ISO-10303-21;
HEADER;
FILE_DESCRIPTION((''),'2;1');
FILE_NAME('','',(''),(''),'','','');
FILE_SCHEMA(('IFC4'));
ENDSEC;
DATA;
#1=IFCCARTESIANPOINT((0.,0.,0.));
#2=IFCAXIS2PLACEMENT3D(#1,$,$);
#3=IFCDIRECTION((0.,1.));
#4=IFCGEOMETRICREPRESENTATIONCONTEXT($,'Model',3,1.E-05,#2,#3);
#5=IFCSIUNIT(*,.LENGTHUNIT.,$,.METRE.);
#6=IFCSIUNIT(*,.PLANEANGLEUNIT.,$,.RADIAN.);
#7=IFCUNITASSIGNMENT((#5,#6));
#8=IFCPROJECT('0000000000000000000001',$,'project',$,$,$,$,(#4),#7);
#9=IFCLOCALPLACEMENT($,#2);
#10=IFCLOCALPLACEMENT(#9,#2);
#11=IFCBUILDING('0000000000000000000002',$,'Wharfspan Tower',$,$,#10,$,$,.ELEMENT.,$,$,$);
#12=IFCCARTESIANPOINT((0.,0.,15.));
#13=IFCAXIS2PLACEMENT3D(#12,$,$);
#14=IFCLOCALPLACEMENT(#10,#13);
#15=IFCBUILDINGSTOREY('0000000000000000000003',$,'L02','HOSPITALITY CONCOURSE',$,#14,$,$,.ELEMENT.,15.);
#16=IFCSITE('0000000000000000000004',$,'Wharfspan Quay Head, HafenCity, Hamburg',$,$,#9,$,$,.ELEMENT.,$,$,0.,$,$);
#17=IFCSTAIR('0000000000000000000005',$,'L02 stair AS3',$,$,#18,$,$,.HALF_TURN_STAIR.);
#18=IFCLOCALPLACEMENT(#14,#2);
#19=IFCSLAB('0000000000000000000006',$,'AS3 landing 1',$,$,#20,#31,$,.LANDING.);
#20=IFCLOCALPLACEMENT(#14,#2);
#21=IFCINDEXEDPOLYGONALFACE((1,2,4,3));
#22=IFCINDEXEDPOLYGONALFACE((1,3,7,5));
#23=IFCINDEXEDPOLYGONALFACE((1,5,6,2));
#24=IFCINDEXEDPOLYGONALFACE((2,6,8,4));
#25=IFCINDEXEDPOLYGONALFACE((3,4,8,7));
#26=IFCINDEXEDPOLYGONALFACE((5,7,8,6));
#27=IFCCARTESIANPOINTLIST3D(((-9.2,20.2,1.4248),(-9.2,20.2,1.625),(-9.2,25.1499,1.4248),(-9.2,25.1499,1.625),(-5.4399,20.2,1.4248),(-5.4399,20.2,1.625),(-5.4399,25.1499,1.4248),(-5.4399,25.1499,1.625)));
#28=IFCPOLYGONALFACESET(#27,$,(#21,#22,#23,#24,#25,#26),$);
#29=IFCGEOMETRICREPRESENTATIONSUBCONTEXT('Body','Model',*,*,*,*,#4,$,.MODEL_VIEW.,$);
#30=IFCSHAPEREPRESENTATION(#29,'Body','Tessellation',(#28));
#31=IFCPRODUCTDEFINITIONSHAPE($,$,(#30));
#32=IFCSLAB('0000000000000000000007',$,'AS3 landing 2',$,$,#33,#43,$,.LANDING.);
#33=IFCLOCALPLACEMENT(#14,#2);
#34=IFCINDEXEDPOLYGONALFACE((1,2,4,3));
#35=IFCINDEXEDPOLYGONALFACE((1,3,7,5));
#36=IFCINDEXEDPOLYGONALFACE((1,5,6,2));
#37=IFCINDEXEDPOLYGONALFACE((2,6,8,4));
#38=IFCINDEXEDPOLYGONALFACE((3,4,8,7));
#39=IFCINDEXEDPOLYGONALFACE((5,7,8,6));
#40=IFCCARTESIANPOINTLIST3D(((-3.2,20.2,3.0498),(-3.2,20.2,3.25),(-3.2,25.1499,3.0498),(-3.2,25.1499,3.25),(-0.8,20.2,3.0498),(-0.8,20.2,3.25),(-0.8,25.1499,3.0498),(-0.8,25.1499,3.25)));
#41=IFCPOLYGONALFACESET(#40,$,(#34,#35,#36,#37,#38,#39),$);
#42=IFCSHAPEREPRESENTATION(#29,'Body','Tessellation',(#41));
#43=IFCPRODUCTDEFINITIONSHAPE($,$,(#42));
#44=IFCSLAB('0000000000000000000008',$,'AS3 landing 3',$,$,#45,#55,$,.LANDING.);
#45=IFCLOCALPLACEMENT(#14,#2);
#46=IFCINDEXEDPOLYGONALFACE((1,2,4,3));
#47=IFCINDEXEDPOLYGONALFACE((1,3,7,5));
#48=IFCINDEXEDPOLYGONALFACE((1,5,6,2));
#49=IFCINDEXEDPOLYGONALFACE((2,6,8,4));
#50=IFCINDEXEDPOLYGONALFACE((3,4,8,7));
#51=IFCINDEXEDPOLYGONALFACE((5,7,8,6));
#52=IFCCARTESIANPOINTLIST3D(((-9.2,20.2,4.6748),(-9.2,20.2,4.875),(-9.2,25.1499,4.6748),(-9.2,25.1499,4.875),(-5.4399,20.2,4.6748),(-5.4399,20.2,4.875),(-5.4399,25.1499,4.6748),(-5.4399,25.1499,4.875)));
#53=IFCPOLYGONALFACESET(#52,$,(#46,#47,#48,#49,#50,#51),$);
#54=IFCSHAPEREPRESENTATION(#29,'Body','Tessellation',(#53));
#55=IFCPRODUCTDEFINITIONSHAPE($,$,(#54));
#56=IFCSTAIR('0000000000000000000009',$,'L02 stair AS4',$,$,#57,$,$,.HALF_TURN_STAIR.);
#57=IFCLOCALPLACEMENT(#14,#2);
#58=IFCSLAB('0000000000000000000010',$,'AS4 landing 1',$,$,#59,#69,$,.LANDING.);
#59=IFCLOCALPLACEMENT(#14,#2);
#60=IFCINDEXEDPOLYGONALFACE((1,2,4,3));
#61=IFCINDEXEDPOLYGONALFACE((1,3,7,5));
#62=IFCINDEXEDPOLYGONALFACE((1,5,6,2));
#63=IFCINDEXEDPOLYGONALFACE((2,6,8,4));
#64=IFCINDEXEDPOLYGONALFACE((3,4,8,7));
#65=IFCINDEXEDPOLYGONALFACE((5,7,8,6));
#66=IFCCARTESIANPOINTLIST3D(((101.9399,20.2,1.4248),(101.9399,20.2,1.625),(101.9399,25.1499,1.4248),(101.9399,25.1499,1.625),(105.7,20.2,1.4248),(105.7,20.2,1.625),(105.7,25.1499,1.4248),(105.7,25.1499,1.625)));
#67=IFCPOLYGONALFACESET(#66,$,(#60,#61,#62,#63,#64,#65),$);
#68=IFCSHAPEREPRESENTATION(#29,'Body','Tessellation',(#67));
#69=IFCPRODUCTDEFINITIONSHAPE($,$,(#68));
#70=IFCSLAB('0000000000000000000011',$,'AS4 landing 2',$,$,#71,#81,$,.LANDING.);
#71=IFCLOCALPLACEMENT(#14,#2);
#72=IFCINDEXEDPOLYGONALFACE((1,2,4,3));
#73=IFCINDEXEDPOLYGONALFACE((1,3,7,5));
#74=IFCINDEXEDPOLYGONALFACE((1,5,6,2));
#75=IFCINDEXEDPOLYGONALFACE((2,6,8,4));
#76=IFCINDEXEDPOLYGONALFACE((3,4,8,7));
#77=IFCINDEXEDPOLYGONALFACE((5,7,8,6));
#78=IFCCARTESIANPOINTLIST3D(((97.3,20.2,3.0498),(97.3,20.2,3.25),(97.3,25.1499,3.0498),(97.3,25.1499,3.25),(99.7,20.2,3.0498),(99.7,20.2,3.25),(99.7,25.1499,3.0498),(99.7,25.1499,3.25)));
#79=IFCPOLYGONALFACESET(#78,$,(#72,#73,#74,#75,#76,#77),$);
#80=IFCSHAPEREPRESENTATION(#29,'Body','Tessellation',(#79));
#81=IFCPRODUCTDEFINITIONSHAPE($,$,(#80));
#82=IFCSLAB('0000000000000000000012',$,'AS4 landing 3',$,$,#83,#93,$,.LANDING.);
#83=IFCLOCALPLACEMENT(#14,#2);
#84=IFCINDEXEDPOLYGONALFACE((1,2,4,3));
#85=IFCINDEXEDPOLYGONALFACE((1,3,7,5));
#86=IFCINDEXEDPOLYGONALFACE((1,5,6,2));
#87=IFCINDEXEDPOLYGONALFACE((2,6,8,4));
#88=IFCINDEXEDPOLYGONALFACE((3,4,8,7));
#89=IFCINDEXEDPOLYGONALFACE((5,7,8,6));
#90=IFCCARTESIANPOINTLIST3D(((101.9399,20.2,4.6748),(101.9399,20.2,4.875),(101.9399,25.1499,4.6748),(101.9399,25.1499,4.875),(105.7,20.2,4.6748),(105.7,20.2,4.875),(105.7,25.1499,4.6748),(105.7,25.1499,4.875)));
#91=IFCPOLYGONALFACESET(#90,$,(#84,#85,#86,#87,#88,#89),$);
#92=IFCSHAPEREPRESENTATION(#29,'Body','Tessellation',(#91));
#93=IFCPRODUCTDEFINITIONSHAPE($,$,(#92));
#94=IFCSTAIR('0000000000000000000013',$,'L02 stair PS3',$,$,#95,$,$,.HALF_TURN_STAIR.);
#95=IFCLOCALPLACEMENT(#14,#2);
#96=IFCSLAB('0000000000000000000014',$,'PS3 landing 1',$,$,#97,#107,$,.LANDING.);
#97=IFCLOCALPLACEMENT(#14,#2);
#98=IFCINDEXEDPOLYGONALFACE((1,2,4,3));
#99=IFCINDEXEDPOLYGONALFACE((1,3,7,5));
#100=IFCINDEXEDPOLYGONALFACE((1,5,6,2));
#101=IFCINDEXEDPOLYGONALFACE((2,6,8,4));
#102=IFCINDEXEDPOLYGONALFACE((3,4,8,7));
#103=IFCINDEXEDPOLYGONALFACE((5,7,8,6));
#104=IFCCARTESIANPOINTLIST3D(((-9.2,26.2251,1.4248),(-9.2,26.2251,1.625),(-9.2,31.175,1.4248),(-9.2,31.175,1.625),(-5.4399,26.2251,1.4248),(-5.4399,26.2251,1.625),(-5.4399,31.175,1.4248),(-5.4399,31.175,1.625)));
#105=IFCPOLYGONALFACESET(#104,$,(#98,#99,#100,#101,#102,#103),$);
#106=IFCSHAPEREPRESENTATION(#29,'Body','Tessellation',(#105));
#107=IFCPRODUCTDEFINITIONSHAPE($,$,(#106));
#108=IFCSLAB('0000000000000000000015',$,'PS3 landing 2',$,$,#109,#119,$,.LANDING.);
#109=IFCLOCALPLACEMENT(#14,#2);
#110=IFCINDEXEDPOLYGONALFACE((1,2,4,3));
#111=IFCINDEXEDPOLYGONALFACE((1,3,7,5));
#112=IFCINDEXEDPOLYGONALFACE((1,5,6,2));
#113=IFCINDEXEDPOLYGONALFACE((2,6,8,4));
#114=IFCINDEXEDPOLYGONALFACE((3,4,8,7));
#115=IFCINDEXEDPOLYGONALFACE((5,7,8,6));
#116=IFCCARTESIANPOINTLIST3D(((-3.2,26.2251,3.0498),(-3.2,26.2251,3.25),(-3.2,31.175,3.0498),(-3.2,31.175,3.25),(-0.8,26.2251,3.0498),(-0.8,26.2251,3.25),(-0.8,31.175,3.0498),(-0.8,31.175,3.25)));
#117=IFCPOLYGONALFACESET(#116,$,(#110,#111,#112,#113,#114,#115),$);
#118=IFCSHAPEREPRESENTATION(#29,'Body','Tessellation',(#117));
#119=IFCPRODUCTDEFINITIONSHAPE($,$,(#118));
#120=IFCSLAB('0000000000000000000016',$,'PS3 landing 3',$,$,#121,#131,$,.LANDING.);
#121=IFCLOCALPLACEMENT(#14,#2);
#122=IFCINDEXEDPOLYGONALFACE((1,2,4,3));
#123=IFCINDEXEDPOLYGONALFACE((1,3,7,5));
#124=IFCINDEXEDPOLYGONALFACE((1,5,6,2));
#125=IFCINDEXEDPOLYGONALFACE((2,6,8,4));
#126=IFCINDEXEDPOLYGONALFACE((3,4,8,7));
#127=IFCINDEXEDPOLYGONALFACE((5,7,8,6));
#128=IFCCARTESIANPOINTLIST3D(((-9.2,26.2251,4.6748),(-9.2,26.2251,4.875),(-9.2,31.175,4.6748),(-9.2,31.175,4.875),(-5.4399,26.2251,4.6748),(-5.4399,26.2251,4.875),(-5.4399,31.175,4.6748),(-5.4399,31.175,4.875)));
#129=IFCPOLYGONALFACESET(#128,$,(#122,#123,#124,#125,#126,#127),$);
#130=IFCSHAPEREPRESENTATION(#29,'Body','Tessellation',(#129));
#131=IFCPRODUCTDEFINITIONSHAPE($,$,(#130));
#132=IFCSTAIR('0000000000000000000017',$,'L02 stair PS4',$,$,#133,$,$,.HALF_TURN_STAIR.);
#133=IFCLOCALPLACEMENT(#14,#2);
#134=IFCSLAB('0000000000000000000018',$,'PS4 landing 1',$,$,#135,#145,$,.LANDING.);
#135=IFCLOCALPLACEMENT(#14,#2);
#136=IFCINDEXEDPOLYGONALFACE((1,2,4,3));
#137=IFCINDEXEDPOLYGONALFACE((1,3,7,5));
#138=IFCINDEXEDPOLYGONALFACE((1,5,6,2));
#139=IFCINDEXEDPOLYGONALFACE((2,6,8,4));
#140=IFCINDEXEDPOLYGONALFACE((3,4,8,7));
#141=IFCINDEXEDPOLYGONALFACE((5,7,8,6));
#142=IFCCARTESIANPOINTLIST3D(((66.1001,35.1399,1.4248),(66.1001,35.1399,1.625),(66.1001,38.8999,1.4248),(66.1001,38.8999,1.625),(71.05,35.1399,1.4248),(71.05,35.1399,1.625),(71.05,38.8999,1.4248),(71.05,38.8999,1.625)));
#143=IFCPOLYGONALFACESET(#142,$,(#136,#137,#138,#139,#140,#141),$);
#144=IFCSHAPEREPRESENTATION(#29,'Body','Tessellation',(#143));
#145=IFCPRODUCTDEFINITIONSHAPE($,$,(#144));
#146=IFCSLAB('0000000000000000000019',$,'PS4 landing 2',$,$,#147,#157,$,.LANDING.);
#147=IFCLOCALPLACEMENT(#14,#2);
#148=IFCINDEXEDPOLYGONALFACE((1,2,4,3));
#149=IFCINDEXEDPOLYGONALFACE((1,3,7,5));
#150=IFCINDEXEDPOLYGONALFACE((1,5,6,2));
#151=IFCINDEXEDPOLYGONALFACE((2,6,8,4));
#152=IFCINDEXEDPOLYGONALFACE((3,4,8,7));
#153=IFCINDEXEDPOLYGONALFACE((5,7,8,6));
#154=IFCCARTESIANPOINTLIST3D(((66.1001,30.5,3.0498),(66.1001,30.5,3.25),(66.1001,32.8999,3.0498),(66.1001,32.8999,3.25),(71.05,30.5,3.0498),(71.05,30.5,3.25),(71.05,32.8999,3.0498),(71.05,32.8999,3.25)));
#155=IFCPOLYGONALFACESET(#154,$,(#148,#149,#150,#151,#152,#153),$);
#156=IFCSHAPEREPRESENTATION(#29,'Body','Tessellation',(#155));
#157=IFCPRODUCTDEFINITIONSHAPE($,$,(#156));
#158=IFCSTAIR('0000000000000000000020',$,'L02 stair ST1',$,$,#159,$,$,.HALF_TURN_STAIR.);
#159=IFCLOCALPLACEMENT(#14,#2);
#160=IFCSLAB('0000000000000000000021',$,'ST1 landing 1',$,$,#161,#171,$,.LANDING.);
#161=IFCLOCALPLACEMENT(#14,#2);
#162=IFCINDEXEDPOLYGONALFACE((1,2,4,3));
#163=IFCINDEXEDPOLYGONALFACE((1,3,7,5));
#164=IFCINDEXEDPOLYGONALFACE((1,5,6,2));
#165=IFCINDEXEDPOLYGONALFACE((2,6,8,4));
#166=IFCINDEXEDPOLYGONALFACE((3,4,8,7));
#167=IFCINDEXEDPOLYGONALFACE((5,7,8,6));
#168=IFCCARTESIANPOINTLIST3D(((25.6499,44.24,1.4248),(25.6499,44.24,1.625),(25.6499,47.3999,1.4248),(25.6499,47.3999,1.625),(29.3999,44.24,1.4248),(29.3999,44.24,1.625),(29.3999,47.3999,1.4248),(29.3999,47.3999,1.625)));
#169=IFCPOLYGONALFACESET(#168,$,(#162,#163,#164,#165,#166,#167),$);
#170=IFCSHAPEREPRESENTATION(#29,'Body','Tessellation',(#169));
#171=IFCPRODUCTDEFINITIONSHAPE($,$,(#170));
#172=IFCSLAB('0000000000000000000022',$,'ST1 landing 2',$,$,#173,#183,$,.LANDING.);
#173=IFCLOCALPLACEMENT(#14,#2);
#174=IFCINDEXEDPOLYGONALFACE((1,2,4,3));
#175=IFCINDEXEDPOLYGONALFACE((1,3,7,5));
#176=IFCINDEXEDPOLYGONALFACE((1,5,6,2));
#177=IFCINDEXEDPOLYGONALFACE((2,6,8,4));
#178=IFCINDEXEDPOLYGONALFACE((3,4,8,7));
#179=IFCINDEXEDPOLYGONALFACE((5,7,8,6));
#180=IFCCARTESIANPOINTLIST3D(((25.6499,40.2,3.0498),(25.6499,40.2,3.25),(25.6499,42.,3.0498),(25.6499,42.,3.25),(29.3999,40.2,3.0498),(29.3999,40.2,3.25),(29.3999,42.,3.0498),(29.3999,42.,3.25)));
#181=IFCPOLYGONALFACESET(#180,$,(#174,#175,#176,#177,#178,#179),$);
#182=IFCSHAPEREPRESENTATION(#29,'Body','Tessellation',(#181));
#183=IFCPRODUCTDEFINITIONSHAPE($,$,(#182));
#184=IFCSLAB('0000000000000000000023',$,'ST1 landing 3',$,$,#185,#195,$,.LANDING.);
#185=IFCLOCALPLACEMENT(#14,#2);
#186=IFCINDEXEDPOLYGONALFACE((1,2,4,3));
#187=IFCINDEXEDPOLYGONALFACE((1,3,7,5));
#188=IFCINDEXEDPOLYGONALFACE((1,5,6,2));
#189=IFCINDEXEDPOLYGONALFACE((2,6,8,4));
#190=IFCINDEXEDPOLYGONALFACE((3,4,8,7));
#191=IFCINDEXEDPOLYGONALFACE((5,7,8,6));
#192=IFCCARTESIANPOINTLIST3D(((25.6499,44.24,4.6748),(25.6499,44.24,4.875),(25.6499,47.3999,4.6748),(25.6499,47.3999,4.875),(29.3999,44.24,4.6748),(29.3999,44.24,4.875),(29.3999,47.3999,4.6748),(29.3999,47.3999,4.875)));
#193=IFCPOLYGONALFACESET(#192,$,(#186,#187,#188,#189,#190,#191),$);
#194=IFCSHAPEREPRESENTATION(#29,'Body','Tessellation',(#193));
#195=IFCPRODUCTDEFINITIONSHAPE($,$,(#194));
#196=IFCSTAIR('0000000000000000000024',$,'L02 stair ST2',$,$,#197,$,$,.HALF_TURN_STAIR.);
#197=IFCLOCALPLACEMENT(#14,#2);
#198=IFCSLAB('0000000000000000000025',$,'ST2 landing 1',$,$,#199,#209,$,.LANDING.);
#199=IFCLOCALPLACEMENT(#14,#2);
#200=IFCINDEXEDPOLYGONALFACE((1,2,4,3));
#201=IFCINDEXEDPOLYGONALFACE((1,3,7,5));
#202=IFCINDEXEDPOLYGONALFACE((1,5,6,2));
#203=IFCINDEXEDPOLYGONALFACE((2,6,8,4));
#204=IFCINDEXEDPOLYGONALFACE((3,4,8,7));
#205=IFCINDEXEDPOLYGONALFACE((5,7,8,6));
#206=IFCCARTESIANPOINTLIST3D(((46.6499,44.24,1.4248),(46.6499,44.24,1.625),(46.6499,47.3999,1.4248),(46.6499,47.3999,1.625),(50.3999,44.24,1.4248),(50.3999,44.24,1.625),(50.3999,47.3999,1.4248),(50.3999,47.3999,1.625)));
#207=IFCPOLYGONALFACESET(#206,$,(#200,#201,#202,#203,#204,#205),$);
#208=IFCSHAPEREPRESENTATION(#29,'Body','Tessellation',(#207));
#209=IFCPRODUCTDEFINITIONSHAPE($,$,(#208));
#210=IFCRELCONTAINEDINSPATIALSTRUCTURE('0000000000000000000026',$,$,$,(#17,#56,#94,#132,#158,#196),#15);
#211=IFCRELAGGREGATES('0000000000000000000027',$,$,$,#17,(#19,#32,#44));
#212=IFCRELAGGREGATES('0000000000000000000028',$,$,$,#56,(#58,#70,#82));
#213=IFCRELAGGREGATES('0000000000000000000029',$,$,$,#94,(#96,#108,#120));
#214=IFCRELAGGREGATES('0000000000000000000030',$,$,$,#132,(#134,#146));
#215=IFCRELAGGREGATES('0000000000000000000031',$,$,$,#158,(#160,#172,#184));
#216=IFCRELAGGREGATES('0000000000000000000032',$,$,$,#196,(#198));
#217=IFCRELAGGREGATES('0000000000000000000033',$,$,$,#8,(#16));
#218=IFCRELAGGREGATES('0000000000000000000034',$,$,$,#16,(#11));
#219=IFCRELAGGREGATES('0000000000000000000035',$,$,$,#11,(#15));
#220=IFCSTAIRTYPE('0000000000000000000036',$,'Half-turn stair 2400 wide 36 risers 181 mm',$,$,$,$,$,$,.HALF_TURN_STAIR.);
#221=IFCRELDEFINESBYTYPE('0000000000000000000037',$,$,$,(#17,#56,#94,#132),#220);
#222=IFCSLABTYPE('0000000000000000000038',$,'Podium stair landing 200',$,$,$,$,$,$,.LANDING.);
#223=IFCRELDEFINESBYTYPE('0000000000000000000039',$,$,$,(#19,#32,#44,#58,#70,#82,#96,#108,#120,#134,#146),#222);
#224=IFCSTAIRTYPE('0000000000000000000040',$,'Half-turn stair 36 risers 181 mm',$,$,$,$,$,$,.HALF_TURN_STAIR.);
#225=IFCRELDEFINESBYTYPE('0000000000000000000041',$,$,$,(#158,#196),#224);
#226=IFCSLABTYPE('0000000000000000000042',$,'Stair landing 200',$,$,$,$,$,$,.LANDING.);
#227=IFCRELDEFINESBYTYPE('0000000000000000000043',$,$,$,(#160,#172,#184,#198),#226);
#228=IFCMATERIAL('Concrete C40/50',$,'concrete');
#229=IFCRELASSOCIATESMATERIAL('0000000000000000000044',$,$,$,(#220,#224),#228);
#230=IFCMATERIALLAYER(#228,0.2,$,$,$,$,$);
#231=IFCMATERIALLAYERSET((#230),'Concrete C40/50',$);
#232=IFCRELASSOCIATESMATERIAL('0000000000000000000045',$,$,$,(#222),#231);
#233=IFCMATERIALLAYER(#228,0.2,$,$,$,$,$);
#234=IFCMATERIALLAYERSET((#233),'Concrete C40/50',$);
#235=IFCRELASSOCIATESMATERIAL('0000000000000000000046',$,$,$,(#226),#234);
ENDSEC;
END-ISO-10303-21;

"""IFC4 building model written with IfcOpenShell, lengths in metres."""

from ifc_helpers import new_model, si_unit, direction, frame, origin, place, context, subcontext, project, spatial, polyline, outline, extrude, material, layer, layer_set, type_object, element, aggregate, save


model = new_model("IFC4")

# Units and contexts
model_context = context("Model", 3, precision=1e-05, world=origin(), true_north=direction((0.0, 1.0)))
body_context = subcontext(model_context, "Body", "Model", "MODEL_VIEW")
ifc_project = project(units=[si_unit("LENGTHUNIT", "METRE"), si_unit("PLANEANGLEUNIT", "RADIAN")], contexts=[model_context])

# Site, building, storey
site_placement = place(None, origin())
site = spatial("IfcSite", under=ifc_project, at=site_placement, Name="Wharfspan Quay Head, HafenCity, Hamburg", CompositionType="ELEMENT", RefElevation=0.0)
building_placement = place(site_placement, origin())
building = spatial("IfcBuilding", under=site, at=building_placement, Name="Wharfspan Tower", CompositionType="ELEMENT")
storey_placement = place(building_placement, frame((0.0, 0.0, 15.0)))
storey = spatial("IfcBuildingStorey", under=building, at=storey_placement, Name="L02", Description="HOSPITALITY CONCOURSE", CompositionType="ELEMENT", Elevation=15.0)

# Stairs, slabs
ifc_material_1 = material(Name="Concrete C40/50", Category="concrete")
stair_type_1 = type_object("IfcStairType", Name="Half-turn stair 2400 wide 36 risers 181 mm", PredefinedType="HALF_TURN_STAIR", material=ifc_material_1)
ifc_layer_1 = layer(ifc_material_1, 0.2)
ifc_layer_set_1 = layer_set([ifc_layer_1], Name="Concrete C40/50")
slab_type_1 = type_object("IfcSlabType", Name="Podium stair landing 200", PredefinedType="LANDING", material=ifc_layer_set_1)
stair_1_placement = place(storey_placement, origin())
stair_1 = element("IfcStair", 1, at=stair_1_placement, inside=storey, type_object=stair_type_1, Name="L02 stair AS3", PredefinedType="HALF_TURN_STAIR")
slab_1_placement = place(storey_placement, frame((0.0, 0.0, 1.4248)))
slab_1 = element("IfcSlab", 2, at=slab_1_placement, type_object=slab_type_1, Name="AS3 landing 1", PredefinedType="LANDING", context=body_context, shape_type="SweptSolid", body=[
    extrude(outline(polyline([(-5.4399, 25.1499), (-9.2, 25.1499), (-9.2, 20.2), (-5.4399, 20.2), (-5.4399, 25.1499)])), origin(), (0.0, 0.0, 1.0), 0.2002),
])
slab_2_placement = place(storey_placement, frame((0.0, 0.0, 3.0498)))
slab_2 = element("IfcSlab", 3, at=slab_2_placement, type_object=slab_type_1, Name="AS3 landing 2", PredefinedType="LANDING", context=body_context, shape_type="SweptSolid", body=[
    extrude(outline(polyline([(-0.8, 25.1499), (-3.2, 25.1499), (-3.2, 20.2), (-0.8, 20.2), (-0.8, 25.1499)])), origin(), (0.0, 0.0, 1.0), 0.2002),
])
slab_3_placement = place(storey_placement, frame((0.0, 0.0, 4.6748)))
slab_3 = element("IfcSlab", 4, at=slab_3_placement, type_object=slab_type_1, Name="AS3 landing 3", PredefinedType="LANDING", context=body_context, shape_type="SweptSolid", body=[
    extrude(outline(polyline([(-5.4399, 25.1499), (-9.2, 25.1499), (-9.2, 20.2), (-5.4399, 20.2), (-5.4399, 25.1499)])), origin(), (0.0, 0.0, 1.0), 0.2002),
])
aggregate(stair_1, [slab_1, slab_2, slab_3])
stair_2_placement = place(storey_placement, origin())
stair_2 = element("IfcStair", 5, at=stair_2_placement, inside=storey, type_object=stair_type_1, Name="L02 stair AS4", PredefinedType="HALF_TURN_STAIR")
slab_4_placement = place(storey_placement, frame((0.0, 0.0, 1.4248)))
slab_4 = element("IfcSlab", 6, at=slab_4_placement, type_object=slab_type_1, Name="AS4 landing 1", PredefinedType="LANDING", context=body_context, shape_type="SweptSolid", body=[
    extrude(outline(polyline([(101.9399, 20.2), (105.7, 20.2), (105.7, 25.1499), (101.9399, 25.1499), (101.9399, 20.2)])), origin(), (0.0, 0.0, 1.0), 0.2002),
])
slab_5_placement = place(storey_placement, frame((0.0, 0.0, 3.0498)))
slab_5 = element("IfcSlab", 7, at=slab_5_placement, type_object=slab_type_1, Name="AS4 landing 2", PredefinedType="LANDING", context=body_context, shape_type="SweptSolid", body=[
    extrude(outline(polyline([(97.3, 20.2), (99.7, 20.2), (99.7, 25.1499), (97.3, 25.1499), (97.3, 20.2)])), origin(), (0.0, 0.0, 1.0), 0.2002),
])
slab_6_placement = place(storey_placement, frame((0.0, 0.0, 4.6748)))
slab_6 = element("IfcSlab", 8, at=slab_6_placement, type_object=slab_type_1, Name="AS4 landing 3", PredefinedType="LANDING", context=body_context, shape_type="SweptSolid", body=[
    extrude(outline(polyline([(101.9399, 20.2), (105.7, 20.2), (105.7, 25.1499), (101.9399, 25.1499), (101.9399, 20.2)])), origin(), (0.0, 0.0, 1.0), 0.2002),
])
aggregate(stair_2, [slab_4, slab_5, slab_6])
stair_3_placement = place(storey_placement, origin())
stair_3 = element("IfcStair", 9, at=stair_3_placement, inside=storey, type_object=stair_type_1, Name="L02 stair PS3", PredefinedType="HALF_TURN_STAIR")
slab_7_placement = place(storey_placement, frame((0.0, 0.0, 1.4248)))
slab_7 = element("IfcSlab", 10, at=slab_7_placement, type_object=slab_type_1, Name="PS3 landing 1", PredefinedType="LANDING", context=body_context, shape_type="SweptSolid", body=[
    extrude(outline(polyline([(-5.4399, 31.175), (-9.2, 31.175), (-9.2, 26.2251), (-5.4399, 26.2251), (-5.4399, 31.175)])), origin(), (0.0, 0.0, 1.0), 0.2002),
])
slab_8_placement = place(storey_placement, frame((0.0, 0.0, 3.0498)))
slab_8 = element("IfcSlab", 11, at=slab_8_placement, type_object=slab_type_1, Name="PS3 landing 2", PredefinedType="LANDING", context=body_context, shape_type="SweptSolid", body=[
    extrude(outline(polyline([(-0.8, 31.175), (-3.2, 31.175), (-3.2, 26.2251), (-0.8, 26.2251), (-0.8, 31.175)])), origin(), (0.0, 0.0, 1.0), 0.2002),
])
slab_9_placement = place(storey_placement, frame((0.0, 0.0, 4.6748)))
slab_9 = element("IfcSlab", 12, at=slab_9_placement, type_object=slab_type_1, Name="PS3 landing 3", PredefinedType="LANDING", context=body_context, shape_type="SweptSolid", body=[
    extrude(outline(polyline([(-5.4399, 31.175), (-9.2, 31.175), (-9.2, 26.2251), (-5.4399, 26.2251), (-5.4399, 31.175)])), origin(), (0.0, 0.0, 1.0), 0.2002),
])
aggregate(stair_3, [slab_7, slab_8, slab_9])
stair_4_placement = place(storey_placement, origin())
stair_4 = element("IfcStair", 13, at=stair_4_placement, inside=storey, type_object=stair_type_1, Name="L02 stair PS4", PredefinedType="HALF_TURN_STAIR")
slab_10_placement = place(storey_placement, frame((0.0, 0.0, 1.4248)))
slab_10 = element("IfcSlab", 14, at=slab_10_placement, type_object=slab_type_1, Name="PS4 landing 1", PredefinedType="LANDING", context=body_context, shape_type="SweptSolid", body=[
    extrude(outline(polyline([(71.05, 35.1399), (71.05, 38.8999), (66.1001, 38.8999), (66.1001, 35.1399), (71.05, 35.1399)])), origin(), (0.0, 0.0, 1.0), 0.2002),
])
slab_11_placement = place(storey_placement, frame((0.0, 0.0, 3.0498)))
slab_11 = element("IfcSlab", 15, at=slab_11_placement, type_object=slab_type_1, Name="PS4 landing 2", PredefinedType="LANDING", context=body_context, shape_type="SweptSolid", body=[
    extrude(outline(polyline([(71.05, 30.5), (71.05, 32.8999), (66.1001, 32.8999), (66.1001, 30.5), (71.05, 30.5)])), origin(), (0.0, 0.0, 1.0), 0.2002),
])
aggregate(stair_4, [slab_10, slab_11])
stair_type_2 = type_object("IfcStairType", Name="Half-turn stair 36 risers 181 mm", PredefinedType="HALF_TURN_STAIR", material=ifc_material_1)
stair_5_placement = place(storey_placement, origin())
stair_5 = element("IfcStair", 16, at=stair_5_placement, inside=storey, type_object=stair_type_2, Name="L02 stair ST1", PredefinedType="HALF_TURN_STAIR")
ifc_layer_2 = layer(ifc_material_1, 0.2)
ifc_layer_set_2 = layer_set([ifc_layer_2], Name="Concrete C40/50")
slab_type_2 = type_object("IfcSlabType", Name="Stair landing 200", PredefinedType="LANDING", material=ifc_layer_set_2)
slab_12_placement = place(storey_placement, frame((0.0, 0.0, 1.4248)))
slab_12 = element("IfcSlab", 17, at=slab_12_placement, type_object=slab_type_2, Name="ST1 landing 1", PredefinedType="LANDING", context=body_context, shape_type="SweptSolid", body=[
    extrude(outline(polyline([(29.3999, 44.24), (29.3999, 47.3999), (25.6499, 47.3999), (25.6499, 44.24), (29.3999, 44.24)])), origin(), (0.0, 0.0, 1.0), 0.2002),
])
slab_13_placement = place(storey_placement, frame((0.0, 0.0, 3.0498)))
slab_13 = element("IfcSlab", 18, at=slab_13_placement, type_object=slab_type_2, Name="ST1 landing 2", PredefinedType="LANDING", context=body_context, shape_type="SweptSolid", body=[
    extrude(outline(polyline([(29.3999, 40.2), (29.3999, 42.0), (25.6499, 42.0), (25.6499, 40.2), (29.3999, 40.2)])), origin(), (0.0, 0.0, 1.0), 0.2002),
])
slab_14_placement = place(storey_placement, frame((0.0, 0.0, 4.6748)))
slab_14 = element("IfcSlab", 19, at=slab_14_placement, type_object=slab_type_2, Name="ST1 landing 3", PredefinedType="LANDING", context=body_context, shape_type="SweptSolid", body=[
    extrude(outline(polyline([(29.3999, 44.24), (29.3999, 47.3999), (25.6499, 47.3999), (25.6499, 44.24), (29.3999, 44.24)])), origin(), (0.0, 0.0, 1.0), 0.2002),
])
aggregate(stair_5, [slab_12, slab_13, slab_14])
stair_6_placement = place(storey_placement, origin())
stair_6 = element("IfcStair", 20, at=stair_6_placement, inside=storey, type_object=stair_type_2, Name="L02 stair ST2", PredefinedType="HALF_TURN_STAIR")
slab_15_placement = place(storey_placement, frame((0.0, 0.0, 1.4248)))
slab_15 = element("IfcSlab", 21, at=slab_15_placement, type_object=slab_type_2, Name="ST2 landing 1", PredefinedType="LANDING", context=body_context, shape_type="SweptSolid", body=[
    extrude(outline(polyline([(50.3999, 44.24), (50.3999, 47.3999), (46.6499, 47.3999), (46.6499, 44.24), (50.3999, 44.24)])), origin(), (0.0, 0.0, 1.0), 0.2002),
])
aggregate(stair_6, [slab_15])

save(model, "model.ifc")
